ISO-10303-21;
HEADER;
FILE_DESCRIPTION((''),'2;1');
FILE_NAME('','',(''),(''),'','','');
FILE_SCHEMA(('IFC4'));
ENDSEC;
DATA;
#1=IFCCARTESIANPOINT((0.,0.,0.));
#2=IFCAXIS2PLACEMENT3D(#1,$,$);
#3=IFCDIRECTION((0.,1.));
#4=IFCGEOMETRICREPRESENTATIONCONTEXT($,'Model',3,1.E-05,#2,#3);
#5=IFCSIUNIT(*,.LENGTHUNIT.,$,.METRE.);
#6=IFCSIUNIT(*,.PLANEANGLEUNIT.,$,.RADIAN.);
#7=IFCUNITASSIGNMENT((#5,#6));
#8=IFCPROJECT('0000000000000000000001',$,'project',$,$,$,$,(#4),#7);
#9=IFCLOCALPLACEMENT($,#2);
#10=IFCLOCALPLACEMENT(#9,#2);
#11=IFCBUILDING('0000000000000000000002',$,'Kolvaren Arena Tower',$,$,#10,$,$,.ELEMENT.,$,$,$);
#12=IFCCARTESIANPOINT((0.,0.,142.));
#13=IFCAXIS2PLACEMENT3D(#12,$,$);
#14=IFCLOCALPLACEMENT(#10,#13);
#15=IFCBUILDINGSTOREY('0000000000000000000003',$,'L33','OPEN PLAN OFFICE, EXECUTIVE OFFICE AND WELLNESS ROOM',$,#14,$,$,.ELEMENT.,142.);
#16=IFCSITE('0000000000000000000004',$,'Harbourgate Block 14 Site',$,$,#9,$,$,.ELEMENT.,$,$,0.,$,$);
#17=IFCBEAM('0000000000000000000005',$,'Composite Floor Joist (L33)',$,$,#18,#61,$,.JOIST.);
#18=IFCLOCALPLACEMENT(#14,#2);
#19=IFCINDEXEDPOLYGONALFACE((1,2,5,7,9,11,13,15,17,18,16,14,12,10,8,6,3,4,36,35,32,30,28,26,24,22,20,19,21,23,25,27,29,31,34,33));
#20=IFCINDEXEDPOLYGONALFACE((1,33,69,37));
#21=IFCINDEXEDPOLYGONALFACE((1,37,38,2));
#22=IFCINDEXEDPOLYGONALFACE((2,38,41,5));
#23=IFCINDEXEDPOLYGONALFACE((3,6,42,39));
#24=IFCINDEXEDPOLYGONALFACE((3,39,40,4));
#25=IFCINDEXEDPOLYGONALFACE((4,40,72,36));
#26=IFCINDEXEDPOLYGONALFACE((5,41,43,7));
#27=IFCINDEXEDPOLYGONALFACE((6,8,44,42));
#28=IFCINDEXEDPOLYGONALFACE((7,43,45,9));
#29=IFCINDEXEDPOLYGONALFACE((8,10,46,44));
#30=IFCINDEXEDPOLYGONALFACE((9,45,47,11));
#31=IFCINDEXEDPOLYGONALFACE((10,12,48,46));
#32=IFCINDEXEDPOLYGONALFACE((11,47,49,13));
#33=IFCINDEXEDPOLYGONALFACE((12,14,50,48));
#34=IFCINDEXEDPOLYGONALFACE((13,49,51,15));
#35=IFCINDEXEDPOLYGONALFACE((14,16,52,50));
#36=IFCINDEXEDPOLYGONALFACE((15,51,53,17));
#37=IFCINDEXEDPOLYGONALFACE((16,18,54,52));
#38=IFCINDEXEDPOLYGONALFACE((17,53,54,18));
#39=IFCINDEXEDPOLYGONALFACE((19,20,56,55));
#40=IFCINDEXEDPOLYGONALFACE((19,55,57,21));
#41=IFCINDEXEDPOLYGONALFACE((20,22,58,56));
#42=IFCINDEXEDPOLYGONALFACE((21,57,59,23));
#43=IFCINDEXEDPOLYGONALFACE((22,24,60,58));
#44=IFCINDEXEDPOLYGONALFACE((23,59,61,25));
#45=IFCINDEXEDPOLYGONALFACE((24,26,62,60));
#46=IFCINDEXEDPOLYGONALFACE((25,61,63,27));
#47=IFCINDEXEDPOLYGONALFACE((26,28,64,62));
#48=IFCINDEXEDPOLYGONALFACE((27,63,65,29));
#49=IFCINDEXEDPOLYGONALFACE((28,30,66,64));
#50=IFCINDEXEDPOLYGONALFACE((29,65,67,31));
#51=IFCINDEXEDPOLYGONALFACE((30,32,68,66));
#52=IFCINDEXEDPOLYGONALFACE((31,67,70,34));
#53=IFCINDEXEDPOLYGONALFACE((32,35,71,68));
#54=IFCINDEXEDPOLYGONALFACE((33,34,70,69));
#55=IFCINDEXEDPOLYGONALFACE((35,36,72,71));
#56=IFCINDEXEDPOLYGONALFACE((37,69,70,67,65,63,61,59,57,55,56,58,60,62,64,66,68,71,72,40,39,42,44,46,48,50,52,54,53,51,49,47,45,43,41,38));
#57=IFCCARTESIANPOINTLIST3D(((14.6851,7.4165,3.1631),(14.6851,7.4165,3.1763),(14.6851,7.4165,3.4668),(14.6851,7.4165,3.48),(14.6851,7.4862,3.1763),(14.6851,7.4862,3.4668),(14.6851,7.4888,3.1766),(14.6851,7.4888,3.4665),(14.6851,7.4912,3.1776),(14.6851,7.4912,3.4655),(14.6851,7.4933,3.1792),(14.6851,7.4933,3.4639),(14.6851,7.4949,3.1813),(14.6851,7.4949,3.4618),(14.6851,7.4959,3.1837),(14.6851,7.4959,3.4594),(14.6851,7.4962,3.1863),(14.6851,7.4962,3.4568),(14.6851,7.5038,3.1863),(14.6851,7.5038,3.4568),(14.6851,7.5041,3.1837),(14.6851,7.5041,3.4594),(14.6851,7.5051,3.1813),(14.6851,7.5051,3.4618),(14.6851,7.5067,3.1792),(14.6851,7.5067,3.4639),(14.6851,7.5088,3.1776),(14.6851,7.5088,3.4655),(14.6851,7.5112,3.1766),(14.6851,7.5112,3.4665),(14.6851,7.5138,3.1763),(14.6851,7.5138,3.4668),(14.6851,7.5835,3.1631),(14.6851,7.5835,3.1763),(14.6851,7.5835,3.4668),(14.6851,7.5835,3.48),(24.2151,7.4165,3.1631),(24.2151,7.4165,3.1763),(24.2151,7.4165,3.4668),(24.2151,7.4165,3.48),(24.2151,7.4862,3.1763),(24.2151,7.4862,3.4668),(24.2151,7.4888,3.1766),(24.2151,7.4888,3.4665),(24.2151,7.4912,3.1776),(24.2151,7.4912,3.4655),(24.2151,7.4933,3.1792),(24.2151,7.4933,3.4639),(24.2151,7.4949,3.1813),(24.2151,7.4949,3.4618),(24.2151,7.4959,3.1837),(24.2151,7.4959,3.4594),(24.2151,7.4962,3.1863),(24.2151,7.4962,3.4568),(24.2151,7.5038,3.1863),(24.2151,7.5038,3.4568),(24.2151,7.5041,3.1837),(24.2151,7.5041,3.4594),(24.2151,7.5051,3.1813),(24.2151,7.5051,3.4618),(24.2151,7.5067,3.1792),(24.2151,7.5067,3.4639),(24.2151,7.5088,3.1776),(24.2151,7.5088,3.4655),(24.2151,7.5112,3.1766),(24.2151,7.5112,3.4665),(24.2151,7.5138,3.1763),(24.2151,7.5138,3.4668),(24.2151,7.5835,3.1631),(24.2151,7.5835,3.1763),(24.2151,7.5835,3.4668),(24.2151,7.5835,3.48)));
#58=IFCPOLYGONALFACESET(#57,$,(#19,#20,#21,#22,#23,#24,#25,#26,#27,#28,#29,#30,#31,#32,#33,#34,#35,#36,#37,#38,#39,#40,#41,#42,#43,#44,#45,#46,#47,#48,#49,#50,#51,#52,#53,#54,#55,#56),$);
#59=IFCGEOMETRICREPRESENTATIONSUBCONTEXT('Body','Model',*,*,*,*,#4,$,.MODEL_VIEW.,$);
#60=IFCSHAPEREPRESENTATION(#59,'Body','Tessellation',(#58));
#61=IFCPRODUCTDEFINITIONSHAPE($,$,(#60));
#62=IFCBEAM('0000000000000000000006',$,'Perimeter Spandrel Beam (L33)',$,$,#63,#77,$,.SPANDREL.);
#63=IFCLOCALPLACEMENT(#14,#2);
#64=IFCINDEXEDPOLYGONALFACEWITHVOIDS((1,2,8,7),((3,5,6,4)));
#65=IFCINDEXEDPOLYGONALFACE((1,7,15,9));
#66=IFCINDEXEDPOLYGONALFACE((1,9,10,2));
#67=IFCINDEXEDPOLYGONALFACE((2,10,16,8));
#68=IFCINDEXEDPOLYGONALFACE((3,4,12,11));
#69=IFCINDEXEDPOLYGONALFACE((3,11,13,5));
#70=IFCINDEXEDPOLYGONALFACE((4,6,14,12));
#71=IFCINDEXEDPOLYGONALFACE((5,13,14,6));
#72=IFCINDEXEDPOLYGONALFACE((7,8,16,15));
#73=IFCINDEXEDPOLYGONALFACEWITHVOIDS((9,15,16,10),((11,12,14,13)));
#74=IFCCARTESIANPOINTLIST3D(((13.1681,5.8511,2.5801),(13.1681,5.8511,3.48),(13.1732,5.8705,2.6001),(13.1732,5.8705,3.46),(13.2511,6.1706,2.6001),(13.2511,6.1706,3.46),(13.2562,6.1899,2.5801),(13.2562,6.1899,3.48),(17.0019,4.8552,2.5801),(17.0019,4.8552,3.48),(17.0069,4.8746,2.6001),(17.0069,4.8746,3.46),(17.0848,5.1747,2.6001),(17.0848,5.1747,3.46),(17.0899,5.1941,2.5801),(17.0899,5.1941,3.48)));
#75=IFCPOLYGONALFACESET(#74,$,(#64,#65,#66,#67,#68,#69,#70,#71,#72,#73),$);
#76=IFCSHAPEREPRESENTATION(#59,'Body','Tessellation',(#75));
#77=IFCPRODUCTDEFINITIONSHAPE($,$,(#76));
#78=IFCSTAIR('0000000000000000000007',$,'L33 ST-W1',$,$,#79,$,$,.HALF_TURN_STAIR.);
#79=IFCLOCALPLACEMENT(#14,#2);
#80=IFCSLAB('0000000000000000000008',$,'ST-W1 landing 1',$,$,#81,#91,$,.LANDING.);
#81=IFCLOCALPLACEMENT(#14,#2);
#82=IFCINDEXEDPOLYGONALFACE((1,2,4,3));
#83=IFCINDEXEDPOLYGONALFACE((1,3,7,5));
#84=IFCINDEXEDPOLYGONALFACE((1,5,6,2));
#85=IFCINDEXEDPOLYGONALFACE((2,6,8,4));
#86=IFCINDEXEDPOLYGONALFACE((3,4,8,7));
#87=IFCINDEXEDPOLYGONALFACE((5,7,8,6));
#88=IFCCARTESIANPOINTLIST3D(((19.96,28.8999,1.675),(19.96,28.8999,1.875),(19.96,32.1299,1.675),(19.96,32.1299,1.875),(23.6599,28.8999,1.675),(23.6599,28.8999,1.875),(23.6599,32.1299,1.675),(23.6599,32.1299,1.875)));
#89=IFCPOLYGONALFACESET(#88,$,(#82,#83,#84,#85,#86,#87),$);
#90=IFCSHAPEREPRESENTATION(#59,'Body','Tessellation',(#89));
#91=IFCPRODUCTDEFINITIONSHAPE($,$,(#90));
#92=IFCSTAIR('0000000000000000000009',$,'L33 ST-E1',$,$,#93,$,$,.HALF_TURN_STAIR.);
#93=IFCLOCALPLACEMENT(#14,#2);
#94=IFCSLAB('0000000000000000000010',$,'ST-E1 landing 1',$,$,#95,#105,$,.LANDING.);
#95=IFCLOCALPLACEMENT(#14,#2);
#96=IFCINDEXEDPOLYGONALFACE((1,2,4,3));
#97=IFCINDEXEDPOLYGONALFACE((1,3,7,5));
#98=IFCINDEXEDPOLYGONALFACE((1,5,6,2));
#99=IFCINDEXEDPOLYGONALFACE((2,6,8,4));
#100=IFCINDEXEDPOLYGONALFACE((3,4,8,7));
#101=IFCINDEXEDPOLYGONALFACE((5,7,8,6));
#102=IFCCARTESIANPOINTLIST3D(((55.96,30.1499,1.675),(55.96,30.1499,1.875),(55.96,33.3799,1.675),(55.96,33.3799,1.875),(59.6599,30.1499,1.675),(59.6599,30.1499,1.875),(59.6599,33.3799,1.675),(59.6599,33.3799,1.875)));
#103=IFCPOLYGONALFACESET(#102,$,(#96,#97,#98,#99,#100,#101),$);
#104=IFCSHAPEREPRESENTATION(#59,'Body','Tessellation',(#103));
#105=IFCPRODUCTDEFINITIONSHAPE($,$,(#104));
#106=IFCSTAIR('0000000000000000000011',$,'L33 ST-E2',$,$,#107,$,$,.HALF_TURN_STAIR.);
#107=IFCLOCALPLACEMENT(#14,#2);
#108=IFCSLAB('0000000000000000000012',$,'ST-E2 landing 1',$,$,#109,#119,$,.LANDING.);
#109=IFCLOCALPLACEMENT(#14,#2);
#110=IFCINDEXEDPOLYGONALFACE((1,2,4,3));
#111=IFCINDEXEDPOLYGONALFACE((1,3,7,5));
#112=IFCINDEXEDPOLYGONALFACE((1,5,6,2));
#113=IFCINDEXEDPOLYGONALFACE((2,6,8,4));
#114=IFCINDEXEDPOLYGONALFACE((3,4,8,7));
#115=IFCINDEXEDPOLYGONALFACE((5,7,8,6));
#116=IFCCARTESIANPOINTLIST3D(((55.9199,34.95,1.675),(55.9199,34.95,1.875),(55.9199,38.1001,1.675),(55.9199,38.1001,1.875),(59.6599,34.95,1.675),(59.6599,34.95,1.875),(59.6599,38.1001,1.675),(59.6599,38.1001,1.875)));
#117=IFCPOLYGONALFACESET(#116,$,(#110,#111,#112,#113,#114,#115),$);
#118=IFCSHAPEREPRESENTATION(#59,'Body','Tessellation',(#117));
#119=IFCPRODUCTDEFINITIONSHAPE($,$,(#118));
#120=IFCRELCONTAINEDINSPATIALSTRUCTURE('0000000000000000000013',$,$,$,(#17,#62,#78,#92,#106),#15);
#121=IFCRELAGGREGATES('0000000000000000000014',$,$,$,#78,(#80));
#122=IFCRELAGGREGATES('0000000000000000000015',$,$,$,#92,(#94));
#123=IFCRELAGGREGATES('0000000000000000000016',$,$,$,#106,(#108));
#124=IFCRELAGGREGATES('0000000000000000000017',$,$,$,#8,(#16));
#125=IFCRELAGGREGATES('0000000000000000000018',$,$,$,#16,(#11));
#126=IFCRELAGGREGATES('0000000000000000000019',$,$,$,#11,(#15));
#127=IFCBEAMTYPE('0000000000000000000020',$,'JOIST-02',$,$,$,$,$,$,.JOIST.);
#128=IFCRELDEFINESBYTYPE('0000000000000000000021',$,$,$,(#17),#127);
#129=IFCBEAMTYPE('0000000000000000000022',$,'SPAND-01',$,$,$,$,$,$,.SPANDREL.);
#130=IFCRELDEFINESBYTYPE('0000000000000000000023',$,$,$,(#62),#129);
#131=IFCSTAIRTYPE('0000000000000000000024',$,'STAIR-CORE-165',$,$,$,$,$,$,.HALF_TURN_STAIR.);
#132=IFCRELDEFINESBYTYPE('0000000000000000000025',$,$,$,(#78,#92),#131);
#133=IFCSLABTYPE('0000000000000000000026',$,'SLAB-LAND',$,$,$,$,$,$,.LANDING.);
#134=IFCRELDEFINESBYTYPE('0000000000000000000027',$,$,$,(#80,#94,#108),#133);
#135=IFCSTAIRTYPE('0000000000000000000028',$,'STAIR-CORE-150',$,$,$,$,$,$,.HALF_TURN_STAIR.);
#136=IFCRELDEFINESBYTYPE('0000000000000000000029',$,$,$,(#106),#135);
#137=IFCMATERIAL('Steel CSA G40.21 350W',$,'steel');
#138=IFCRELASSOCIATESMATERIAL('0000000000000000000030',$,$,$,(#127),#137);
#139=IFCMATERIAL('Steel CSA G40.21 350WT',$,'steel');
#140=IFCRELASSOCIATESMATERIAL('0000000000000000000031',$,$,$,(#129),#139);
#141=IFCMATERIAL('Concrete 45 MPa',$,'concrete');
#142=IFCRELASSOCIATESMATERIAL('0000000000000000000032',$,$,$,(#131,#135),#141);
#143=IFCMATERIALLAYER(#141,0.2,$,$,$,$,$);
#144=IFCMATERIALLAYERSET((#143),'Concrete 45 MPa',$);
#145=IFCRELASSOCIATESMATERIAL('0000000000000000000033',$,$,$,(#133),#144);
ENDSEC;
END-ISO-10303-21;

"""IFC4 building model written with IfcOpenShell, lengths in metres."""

from ifc_helpers import new_model, si_unit, direction, frame, origin, origin_2d, place, context, subcontext, project, spatial, polyline, hollow_rectangle, i_section, outline, extrude, material, layer, layer_set, material_profile, profile_set, type_object, element, aggregate, save


model = new_model("IFC4")

# Units and contexts
model_context = context("Model", 3, precision=1e-05, world=origin(), true_north=direction((0.0, 1.0)))
body_context = subcontext(model_context, "Body", "Model", "MODEL_VIEW")
ifc_project = project(units=[si_unit("LENGTHUNIT", "METRE"), si_unit("PLANEANGLEUNIT", "RADIAN")], contexts=[model_context])

# Site, building, storey
site_placement = place(None, origin())
site = spatial("IfcSite", under=ifc_project, at=site_placement, Name="Harbourgate Block 14 Site", CompositionType="ELEMENT", RefElevation=0.0)
building_placement = place(site_placement, origin())
building = spatial("IfcBuilding", under=site, at=building_placement, Name="Kolvaren Arena Tower", CompositionType="ELEMENT")
storey_placement = place(building_placement, frame((0.0, 0.0, 142.0)))
storey = spatial("IfcBuildingStorey", under=building, at=storey_placement, Name="L33", Description="OPEN PLAN OFFICE, EXECUTIVE OFFICE AND WELLNESS ROOM", CompositionType="ELEMENT", Elevation=142.0)

# Beams
ifc_material_1 = material(Name="Steel CSA G40.21 350W", Category="steel")
ifc_material_profile_1 = material_profile(ifc_material_1, i_section(OverallWidth=0.167, OverallDepth=0.3169, WebThickness=0.0076, FlangeThickness=0.0132, FilletRadius=0.01, at=origin_2d()), Name="W310x52")
ifc_profile_set_1 = profile_set([ifc_material_profile_1], Name="Steel CSA G40.21 350W")
beam_type_1 = type_object("IfcBeamType", Name="JOIST-02", PredefinedType="JOIST", material=ifc_profile_set_1)
beam_1_placement = place(storey_placement, frame((14.6851, 7.5, 3.3215), z_axis=(1.0, 0.0, 0.0), x_axis=(0.0, 1.0, 0.0)))
element("IfcBeam", 1, at=beam_1_placement, inside=storey, type_object=beam_type_1, Name="Composite Floor Joist (L33)", PredefinedType="JOIST", context=body_context, shape_type="SweptSolid", body=[
    extrude(i_section(OverallWidth=0.167, OverallDepth=0.3169, WebThickness=0.0076, FlangeThickness=0.0132, FilletRadius=0.01, at=origin_2d()), origin(), (0.0, 0.0, 1.0), 9.53),
])
ifc_material_2 = material(Name="Steel CSA G40.21 350WT", Category="steel")
ifc_material_profile_2 = material_profile(ifc_material_2, hollow_rectangle(XDim=0.3501, YDim=0.8999, WallThickness=0.02, at=origin_2d()), Name="HSS 900x350x20")
ifc_profile_set_2 = profile_set([ifc_material_profile_2], Name="Steel CSA G40.21 350WT")
beam_type_2 = type_object("IfcBeamType", Name="SPAND-01", PredefinedType="SPANDREL", material=ifc_profile_set_2)
beam_2_placement = place(storey_placement, frame((13.2122, 6.0205, 3.03), z_axis=(0.967879, -0.251416, 0.0), x_axis=(0.251416, 0.967879, 0.0)))
element("IfcBeam", 2, at=beam_2_placement, inside=storey, type_object=beam_type_2, Name="Perimeter Spandrel Beam (L33)", PredefinedType="SPANDREL", context=body_context, shape_type="SweptSolid", body=[
    extrude(hollow_rectangle(XDim=0.3501, YDim=0.8999, WallThickness=0.02, at=origin_2d()), origin(), (0.0, 0.0, 1.0), 3.9609),
])

# Stairs, slabs
ifc_material_3 = material(Name="Concrete 45 MPa", Category="concrete")
stair_type_1 = type_object("IfcStairType", Name="STAIR-CORE-165", PredefinedType="HALF_TURN_STAIR", material=ifc_material_3)
stair_1_placement = place(storey_placement, origin())
stair_1 = element("IfcStair", 3, at=stair_1_placement, inside=storey, type_object=stair_type_1, Name="L33 ST-W1", PredefinedType="HALF_TURN_STAIR")
ifc_layer_1 = layer(ifc_material_3, 0.2)
ifc_layer_set_1 = layer_set([ifc_layer_1], Name="Concrete 45 MPa")
slab_type_1 = type_object("IfcSlabType", Name="SLAB-LAND", PredefinedType="LANDING", material=ifc_layer_set_1)
slab_1_placement = place(storey_placement, frame((0.0, 0.0, 1.675)))
slab_1 = element("IfcSlab", 4, at=slab_1_placement, type_object=slab_type_1, Name="ST-W1 landing 1", PredefinedType="LANDING", context=body_context, shape_type="SweptSolid", body=[
    extrude(outline(polyline([(19.96, 28.8999), (23.6599, 28.8999), (23.6599, 32.1299), (19.96, 32.1299), (19.96, 28.8999)])), origin(), (0.0, 0.0, 1.0), 0.2),
])
aggregate(stair_1, [slab_1])
stair_2_placement = place(storey_placement, origin())
stair_2 = element("IfcStair", 5, at=stair_2_placement, inside=storey, type_object=stair_type_1, Name="L33 ST-E1", PredefinedType="HALF_TURN_STAIR")
slab_2_placement = place(storey_placement, frame((0.0, 0.0, 1.675)))
slab_2 = element("IfcSlab", 6, at=slab_2_placement, type_object=slab_type_1, Name="ST-E1 landing 1", PredefinedType="LANDING", context=body_context, shape_type="SweptSolid", body=[
    extrude(outline(polyline([(55.96, 30.1499), (59.6599, 30.1499), (59.6599, 33.3799), (55.96, 33.3799), (55.96, 30.1499)])), origin(), (0.0, 0.0, 1.0), 0.2),
])
aggregate(stair_2, [slab_2])
stair_type_2 = type_object("IfcStairType", Name="STAIR-CORE-150", PredefinedType="HALF_TURN_STAIR", material=ifc_material_3)
stair_3_placement = place(storey_placement, origin())
stair_3 = element("IfcStair", 7, at=stair_3_placement, inside=storey, type_object=stair_type_2, Name="L33 ST-E2", PredefinedType="HALF_TURN_STAIR")
slab_3_placement = place(storey_placement, frame((0.0, 0.0, 1.675)))
slab_3 = element("IfcSlab", 8, at=slab_3_placement, type_object=slab_type_1, Name="ST-E2 landing 1", PredefinedType="LANDING", context=body_context, shape_type="SweptSolid", body=[
    extrude(outline(polyline([(55.9199, 34.95), (59.6599, 34.95), (59.6599, 38.1001), (55.9199, 38.1001), (55.9199, 34.95)])), origin(), (0.0, 0.0, 1.0), 0.2),
])
aggregate(stair_3, [slab_3])

save(model, "model.ifc")
